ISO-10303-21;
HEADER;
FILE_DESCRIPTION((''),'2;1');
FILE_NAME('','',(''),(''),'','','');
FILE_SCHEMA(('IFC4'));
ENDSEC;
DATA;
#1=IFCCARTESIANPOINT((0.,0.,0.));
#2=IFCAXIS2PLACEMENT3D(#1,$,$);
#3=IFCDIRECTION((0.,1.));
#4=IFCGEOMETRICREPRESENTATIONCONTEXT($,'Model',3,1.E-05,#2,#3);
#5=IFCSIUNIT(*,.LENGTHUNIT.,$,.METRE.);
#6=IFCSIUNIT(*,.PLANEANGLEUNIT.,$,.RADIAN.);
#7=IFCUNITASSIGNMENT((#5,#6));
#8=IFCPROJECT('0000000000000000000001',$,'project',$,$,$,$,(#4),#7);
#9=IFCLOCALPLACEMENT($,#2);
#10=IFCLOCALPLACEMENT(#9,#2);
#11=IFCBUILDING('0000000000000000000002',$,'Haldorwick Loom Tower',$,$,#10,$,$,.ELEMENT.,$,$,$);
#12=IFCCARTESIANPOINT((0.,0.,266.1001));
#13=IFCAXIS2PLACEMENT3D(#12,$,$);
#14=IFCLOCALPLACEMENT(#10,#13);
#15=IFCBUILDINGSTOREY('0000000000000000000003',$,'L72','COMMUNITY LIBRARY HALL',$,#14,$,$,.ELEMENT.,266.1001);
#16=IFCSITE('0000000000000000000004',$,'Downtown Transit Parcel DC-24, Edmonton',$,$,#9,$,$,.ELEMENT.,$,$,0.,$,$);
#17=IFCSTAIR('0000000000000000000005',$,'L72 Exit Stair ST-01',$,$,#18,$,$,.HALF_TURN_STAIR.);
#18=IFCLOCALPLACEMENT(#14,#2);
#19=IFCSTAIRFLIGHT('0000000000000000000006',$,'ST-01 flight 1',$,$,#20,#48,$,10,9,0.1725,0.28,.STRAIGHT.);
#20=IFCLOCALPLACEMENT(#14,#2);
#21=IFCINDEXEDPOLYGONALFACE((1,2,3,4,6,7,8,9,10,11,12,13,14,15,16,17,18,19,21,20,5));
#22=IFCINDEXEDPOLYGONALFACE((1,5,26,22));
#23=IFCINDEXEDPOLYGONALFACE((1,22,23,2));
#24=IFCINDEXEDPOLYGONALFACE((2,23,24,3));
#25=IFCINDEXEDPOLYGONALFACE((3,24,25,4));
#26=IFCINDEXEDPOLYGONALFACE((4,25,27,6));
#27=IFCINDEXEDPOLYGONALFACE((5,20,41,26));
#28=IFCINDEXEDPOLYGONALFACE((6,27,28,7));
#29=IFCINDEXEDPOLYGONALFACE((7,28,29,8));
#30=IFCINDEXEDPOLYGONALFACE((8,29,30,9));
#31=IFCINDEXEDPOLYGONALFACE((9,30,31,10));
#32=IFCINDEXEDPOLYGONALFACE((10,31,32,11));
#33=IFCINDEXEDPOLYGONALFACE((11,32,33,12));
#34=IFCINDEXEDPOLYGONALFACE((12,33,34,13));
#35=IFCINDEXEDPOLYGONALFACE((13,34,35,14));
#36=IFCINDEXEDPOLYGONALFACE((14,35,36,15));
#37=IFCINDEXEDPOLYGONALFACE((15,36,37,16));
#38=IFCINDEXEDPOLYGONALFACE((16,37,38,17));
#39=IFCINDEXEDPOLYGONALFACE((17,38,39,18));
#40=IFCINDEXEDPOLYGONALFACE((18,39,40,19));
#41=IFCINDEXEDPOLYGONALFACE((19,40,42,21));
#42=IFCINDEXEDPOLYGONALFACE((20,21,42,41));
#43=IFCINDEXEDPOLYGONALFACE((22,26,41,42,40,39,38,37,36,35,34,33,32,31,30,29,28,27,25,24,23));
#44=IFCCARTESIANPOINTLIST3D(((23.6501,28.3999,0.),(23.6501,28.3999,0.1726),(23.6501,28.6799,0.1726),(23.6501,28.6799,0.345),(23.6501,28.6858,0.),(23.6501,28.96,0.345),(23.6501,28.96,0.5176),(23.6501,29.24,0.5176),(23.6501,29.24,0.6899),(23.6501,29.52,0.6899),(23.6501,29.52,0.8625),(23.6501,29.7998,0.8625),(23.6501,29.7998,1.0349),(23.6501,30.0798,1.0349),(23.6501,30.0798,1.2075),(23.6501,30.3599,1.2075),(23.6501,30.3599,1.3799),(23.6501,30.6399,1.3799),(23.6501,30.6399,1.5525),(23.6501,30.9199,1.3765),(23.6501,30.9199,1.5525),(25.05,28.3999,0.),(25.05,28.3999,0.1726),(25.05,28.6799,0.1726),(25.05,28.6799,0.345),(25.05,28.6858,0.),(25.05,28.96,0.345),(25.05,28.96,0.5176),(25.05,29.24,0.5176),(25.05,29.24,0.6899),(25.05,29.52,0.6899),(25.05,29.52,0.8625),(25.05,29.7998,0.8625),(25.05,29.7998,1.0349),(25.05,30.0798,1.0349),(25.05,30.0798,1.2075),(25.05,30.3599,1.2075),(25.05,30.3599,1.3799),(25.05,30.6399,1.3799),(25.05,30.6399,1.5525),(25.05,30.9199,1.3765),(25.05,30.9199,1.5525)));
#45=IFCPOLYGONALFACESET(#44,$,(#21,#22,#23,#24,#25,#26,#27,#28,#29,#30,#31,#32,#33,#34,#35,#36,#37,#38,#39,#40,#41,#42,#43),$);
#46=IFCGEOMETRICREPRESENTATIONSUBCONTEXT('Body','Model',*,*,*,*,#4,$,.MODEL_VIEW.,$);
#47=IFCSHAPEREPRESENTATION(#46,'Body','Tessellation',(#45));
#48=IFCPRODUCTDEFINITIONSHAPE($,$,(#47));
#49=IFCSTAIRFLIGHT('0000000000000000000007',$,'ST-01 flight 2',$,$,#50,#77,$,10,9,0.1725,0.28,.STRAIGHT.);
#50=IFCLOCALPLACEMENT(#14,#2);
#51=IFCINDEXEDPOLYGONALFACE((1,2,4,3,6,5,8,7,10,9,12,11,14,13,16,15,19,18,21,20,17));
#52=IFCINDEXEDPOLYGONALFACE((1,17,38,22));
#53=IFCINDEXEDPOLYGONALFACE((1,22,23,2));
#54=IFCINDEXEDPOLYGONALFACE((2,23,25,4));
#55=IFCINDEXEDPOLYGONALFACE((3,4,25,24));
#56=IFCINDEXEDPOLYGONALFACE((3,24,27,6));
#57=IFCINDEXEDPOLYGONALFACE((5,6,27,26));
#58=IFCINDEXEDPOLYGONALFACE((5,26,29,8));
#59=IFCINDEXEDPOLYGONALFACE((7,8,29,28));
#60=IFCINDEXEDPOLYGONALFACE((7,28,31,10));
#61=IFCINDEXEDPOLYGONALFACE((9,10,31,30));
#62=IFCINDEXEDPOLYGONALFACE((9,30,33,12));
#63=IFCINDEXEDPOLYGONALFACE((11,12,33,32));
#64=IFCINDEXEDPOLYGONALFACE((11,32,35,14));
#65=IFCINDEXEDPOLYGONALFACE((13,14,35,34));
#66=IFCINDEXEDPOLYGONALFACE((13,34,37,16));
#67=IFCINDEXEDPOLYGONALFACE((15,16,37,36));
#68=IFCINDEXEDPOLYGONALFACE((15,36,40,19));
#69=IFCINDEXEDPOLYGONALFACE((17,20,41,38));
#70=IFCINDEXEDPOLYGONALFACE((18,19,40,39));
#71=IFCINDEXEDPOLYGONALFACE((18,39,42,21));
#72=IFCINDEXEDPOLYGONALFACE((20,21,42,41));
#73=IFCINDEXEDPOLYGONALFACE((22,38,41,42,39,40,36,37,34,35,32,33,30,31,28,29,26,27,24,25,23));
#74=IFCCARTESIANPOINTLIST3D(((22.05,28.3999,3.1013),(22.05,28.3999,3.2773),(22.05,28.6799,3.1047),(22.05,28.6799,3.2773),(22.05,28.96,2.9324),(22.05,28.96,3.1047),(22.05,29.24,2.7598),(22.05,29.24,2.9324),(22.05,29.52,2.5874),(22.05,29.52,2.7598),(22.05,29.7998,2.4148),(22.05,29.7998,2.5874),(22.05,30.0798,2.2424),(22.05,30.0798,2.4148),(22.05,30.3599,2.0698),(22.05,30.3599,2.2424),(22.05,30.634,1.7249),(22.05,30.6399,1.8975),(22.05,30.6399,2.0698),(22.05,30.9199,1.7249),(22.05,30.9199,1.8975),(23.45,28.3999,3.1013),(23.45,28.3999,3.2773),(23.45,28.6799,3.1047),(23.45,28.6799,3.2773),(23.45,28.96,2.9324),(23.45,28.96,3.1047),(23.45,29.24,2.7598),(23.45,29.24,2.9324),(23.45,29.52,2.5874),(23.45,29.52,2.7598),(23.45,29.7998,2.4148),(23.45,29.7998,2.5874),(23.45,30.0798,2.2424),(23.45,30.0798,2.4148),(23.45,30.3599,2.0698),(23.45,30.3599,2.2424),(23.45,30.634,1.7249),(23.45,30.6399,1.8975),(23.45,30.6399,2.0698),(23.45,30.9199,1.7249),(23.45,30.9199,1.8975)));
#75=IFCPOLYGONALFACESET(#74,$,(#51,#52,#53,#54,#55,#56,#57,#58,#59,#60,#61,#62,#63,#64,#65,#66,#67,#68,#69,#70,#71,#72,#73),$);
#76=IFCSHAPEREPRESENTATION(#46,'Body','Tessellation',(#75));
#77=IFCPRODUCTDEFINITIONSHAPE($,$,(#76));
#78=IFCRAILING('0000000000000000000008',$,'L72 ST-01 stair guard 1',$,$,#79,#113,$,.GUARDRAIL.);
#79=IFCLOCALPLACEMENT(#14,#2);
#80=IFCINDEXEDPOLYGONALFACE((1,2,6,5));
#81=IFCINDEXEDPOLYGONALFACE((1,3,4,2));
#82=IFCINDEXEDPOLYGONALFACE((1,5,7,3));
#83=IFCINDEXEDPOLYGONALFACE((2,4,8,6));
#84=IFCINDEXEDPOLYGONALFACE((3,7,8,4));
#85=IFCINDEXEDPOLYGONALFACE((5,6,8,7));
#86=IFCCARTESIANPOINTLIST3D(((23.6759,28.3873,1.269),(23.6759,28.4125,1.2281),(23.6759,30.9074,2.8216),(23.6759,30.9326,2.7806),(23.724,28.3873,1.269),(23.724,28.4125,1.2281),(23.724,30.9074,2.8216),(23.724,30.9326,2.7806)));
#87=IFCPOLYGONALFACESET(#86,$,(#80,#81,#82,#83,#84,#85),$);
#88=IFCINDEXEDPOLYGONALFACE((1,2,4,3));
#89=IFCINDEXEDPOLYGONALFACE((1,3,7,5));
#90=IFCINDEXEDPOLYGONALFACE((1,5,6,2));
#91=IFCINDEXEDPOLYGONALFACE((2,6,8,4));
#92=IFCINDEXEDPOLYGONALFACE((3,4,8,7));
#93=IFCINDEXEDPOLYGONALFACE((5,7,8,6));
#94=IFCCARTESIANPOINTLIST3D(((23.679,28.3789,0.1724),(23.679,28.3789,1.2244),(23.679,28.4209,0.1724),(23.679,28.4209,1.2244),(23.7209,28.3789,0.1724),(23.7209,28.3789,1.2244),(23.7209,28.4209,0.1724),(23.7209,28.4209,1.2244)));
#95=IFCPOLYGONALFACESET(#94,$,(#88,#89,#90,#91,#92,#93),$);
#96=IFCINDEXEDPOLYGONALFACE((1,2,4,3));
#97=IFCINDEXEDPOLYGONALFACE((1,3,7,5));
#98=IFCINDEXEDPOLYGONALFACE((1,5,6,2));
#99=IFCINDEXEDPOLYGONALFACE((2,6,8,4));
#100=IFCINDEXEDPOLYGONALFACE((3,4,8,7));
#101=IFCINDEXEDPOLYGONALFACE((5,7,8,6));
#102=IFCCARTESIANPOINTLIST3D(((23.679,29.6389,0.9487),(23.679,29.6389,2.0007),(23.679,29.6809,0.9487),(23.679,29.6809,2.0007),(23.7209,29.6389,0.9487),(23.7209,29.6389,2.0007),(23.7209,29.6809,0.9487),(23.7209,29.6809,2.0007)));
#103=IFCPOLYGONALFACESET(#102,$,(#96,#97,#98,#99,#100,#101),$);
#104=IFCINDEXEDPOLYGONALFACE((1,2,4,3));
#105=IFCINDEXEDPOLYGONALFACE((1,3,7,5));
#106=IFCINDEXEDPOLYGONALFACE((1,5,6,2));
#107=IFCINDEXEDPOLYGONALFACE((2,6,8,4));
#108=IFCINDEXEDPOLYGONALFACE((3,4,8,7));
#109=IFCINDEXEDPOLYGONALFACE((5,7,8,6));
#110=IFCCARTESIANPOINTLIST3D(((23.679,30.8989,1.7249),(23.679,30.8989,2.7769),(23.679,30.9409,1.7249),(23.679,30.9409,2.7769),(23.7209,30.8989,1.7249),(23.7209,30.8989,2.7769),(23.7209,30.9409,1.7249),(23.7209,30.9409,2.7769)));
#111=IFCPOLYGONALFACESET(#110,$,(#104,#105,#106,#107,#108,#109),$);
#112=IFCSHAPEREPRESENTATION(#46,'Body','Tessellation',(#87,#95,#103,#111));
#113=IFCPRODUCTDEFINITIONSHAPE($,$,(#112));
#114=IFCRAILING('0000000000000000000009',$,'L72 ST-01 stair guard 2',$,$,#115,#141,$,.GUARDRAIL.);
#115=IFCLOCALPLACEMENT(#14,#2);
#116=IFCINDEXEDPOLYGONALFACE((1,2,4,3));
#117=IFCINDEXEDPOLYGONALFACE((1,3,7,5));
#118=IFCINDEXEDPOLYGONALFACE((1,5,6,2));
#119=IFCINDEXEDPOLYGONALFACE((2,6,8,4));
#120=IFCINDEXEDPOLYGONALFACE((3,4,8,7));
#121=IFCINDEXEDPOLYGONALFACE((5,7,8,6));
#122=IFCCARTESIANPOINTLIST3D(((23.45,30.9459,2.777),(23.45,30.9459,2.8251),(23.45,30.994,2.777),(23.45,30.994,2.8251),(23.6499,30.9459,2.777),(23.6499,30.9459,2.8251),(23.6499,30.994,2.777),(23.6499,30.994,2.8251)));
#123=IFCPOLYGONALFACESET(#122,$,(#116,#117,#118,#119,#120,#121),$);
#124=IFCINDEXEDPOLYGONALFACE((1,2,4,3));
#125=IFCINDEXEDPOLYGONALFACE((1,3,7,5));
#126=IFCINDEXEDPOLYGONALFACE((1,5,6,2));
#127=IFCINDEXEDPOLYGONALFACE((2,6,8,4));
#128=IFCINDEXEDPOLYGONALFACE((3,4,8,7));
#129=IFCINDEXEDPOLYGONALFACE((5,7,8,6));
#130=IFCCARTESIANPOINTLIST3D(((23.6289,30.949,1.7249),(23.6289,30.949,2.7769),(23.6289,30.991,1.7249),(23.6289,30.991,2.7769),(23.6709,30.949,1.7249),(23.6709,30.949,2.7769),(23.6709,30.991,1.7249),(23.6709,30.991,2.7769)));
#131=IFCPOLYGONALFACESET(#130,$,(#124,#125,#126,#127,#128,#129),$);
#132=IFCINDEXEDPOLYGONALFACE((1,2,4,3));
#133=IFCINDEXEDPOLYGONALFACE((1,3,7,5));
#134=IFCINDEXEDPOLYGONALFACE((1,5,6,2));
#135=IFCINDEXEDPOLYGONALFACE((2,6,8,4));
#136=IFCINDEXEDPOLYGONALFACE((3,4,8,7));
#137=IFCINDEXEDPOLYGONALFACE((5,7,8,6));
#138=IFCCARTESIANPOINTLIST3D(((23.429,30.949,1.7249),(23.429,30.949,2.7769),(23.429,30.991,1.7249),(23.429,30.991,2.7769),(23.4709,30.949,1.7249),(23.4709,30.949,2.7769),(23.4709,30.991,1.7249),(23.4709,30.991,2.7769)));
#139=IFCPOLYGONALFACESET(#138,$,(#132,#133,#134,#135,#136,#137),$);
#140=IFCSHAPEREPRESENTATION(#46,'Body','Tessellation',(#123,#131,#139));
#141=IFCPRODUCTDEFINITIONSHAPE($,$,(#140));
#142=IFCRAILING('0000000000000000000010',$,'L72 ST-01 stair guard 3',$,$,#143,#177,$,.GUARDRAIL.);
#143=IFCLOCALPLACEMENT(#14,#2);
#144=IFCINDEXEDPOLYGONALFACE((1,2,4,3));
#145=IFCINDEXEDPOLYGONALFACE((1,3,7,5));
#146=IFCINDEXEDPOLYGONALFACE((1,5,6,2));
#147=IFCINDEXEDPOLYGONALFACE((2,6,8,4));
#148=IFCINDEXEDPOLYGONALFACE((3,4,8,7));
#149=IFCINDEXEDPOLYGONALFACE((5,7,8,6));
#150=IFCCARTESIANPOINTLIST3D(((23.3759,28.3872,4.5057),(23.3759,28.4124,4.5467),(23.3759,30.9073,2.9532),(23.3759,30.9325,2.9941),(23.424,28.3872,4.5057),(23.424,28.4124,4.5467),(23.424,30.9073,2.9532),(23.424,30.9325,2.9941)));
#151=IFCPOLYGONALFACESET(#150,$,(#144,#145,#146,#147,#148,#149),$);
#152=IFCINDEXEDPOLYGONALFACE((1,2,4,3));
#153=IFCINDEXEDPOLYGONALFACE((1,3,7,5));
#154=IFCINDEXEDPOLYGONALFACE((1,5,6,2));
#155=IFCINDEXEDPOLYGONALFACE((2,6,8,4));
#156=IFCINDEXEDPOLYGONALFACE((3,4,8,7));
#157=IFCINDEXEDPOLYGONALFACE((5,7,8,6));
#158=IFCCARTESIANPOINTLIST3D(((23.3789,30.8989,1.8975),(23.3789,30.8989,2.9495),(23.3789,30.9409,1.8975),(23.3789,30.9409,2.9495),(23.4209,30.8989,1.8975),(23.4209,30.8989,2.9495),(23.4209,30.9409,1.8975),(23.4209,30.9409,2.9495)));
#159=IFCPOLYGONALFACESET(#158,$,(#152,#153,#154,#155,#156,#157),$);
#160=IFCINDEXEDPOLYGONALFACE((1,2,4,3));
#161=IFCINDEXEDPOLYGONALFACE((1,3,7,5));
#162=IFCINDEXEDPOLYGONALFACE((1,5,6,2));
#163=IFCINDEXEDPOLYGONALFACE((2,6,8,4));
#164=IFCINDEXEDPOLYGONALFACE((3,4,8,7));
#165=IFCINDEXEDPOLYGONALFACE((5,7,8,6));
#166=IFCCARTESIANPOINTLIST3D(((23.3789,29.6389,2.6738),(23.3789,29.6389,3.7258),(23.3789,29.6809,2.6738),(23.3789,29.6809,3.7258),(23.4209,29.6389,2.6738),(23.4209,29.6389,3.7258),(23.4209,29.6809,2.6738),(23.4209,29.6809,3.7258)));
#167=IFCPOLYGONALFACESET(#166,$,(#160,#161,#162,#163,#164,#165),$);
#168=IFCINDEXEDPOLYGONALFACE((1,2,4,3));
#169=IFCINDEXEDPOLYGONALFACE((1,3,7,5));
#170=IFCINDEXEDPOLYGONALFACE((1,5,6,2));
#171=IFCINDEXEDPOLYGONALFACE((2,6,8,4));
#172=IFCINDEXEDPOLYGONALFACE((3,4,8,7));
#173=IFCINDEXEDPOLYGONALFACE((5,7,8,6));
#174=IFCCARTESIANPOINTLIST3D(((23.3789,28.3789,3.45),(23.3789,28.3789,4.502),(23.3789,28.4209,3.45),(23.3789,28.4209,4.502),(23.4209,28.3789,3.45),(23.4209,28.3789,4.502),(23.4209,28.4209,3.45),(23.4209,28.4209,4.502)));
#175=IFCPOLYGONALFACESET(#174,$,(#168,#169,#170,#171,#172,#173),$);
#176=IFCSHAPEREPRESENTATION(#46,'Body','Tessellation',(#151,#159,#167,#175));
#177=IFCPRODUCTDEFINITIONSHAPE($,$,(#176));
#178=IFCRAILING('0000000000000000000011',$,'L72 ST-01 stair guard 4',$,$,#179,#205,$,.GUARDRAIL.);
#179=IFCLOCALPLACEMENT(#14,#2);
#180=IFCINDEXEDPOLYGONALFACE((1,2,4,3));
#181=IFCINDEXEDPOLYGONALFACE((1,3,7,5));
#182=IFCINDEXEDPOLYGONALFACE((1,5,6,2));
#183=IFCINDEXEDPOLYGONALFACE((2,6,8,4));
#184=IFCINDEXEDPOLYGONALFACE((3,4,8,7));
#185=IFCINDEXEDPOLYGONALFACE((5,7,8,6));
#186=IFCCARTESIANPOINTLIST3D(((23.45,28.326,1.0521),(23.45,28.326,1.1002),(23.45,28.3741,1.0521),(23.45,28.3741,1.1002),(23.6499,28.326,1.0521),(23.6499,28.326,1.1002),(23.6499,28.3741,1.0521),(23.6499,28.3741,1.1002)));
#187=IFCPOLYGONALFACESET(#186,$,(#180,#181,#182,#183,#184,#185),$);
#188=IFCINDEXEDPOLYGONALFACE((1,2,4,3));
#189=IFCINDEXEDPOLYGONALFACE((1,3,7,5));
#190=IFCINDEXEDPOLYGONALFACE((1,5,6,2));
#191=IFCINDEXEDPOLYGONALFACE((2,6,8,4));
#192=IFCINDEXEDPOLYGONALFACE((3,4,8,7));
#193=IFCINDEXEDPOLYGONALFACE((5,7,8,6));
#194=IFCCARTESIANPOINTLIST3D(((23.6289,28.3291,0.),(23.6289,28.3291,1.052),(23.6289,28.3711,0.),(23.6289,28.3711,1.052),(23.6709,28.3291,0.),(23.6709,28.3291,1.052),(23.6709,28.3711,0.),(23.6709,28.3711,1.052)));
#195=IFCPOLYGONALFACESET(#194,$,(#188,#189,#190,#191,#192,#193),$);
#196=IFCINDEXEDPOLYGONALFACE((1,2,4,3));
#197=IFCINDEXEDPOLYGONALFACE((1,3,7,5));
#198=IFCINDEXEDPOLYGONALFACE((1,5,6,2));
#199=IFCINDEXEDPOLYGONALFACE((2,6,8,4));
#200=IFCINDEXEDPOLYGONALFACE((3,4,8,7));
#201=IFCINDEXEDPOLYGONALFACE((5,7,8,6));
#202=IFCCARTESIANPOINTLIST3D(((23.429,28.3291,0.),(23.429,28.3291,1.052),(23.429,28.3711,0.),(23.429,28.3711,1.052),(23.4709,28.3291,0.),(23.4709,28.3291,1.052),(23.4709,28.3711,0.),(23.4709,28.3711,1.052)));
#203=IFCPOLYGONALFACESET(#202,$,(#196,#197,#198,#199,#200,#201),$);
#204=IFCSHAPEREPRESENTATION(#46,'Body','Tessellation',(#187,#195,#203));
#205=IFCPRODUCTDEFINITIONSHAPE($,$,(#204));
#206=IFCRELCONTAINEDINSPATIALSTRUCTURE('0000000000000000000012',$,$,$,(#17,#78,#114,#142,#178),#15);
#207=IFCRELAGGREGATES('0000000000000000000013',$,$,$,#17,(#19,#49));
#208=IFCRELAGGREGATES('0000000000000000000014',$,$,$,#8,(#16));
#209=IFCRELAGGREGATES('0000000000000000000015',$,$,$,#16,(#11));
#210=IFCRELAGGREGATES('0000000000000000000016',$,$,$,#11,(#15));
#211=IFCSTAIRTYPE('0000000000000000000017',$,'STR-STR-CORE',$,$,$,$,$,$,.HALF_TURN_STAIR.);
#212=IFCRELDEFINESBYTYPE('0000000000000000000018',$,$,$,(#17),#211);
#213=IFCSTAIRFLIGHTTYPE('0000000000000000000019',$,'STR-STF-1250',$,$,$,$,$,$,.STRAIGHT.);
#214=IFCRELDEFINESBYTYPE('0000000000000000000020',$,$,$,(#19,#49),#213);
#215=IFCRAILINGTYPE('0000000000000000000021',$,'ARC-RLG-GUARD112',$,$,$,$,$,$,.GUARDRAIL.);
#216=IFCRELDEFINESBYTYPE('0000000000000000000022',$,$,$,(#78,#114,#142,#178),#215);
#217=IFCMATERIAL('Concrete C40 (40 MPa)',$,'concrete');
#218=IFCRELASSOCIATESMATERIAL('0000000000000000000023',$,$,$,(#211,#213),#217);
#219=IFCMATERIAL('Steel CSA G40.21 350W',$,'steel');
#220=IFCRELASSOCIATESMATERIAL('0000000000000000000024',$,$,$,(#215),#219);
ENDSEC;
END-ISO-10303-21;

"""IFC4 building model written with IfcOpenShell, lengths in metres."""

from ifc_helpers import new_model, si_unit, direction, frame, origin, origin_2d, place, context, subcontext, project, spatial, polyline, rectangle, outline, extrude, material, type_object, element, aggregate, save


model = new_model("IFC4")

# Units and contexts
model_context = context("Model", 3, precision=1e-05, world=origin(), true_north=direction((0.0, 1.0)))
body_context = subcontext(model_context, "Body", "Model", "MODEL_VIEW")
ifc_project = project(units=[si_unit("LENGTHUNIT", "METRE"), si_unit("PLANEANGLEUNIT", "RADIAN")], contexts=[model_context])

# Site, building, storey
site_placement = place(None, origin())
site = spatial("IfcSite", under=ifc_project, at=site_placement, Name="Downtown Transit Parcel DC-24, Edmonton", CompositionType="ELEMENT", RefElevation=0.0)
building_placement = place(site_placement, origin())
building = spatial("IfcBuilding", under=site, at=building_placement, Name="Haldorwick Loom Tower", CompositionType="ELEMENT")
storey_placement = place(building_placement, frame((0.0, 0.0, 266.1001)))
storey = spatial("IfcBuildingStorey", under=building, at=storey_placement, Name="L72", Description="COMMUNITY LIBRARY HALL", CompositionType="ELEMENT", Elevation=266.1001)

# Shared definitions
ifc_material_1 = material(Name="Steel CSA G40.21 350W", Category="steel")

# Stair, stair flights
ifc_material_2 = material(Name="Concrete C40 (40 MPa)", Category="concrete")
stair_type = type_object("IfcStairType", Name="STR-STR-CORE", PredefinedType="HALF_TURN_STAIR", material=ifc_material_2)
stair_placement = place(storey_placement, origin())
stair = element("IfcStair", 1, at=stair_placement, inside=storey, type_object=stair_type, Name="L72 Exit Stair ST-01", PredefinedType="HALF_TURN_STAIR")
stair_flight_type = type_object("IfcStairFlightType", Name="STR-STF-1250", PredefinedType="STRAIGHT", material=ifc_material_2)
stair_flight_1_placement = place(storey_placement, frame((24.3501, 28.3999, 0.0), z_axis=(0.0, 0.0, 1.0), x_axis=(0.0, 1.0, 0.0)))
stair_flight_1 = element("IfcStairFlight", 2, at=stair_flight_1_placement, type_object=stair_flight_type, Name="ST-01 flight 1", NumberOfRisers=10, NumberOfTreads=9, PredefinedType="STRAIGHT", RiserHeight=0.1725, TreadLength=0.28, context=body_context, shape_type="SweptSolid", body=[
    extrude(outline(polyline([(0.0, 0.0), (0.0, 0.1726), (0.28, 0.1726), (0.28, 0.345), (0.5601, 0.345), (0.5601, 0.5176), (0.8401, 0.5176), (0.8401, 0.6899), (1.1201, 0.6899), (1.1201, 0.8625), (1.3999, 0.8625), (1.3999, 1.0349), (1.6799, 1.0349), (1.6799, 1.2075), (1.96, 1.2075), (1.96, 1.3799), (2.24, 1.3799), (2.24, 1.5525), (2.52, 1.5525), (2.52, 1.7251), (2.52, 1.3765), (0.2859, 0.0), (0.0, 0.0)])), frame((0.0, 0.7, 0.0), z_axis=(0.0, -1.0, 0.0), x_axis=(1.0, 0.0, 0.0)), (0.0, 0.0, 1.0), 1.3999),
])
stair_flight_2_placement = place(storey_placement, frame((22.75, 30.9199, 1.7249), z_axis=(0.0, 0.0, 1.0), x_axis=(0.0, -1.0, 0.0)))
stair_flight_2 = element("IfcStairFlight", 3, at=stair_flight_2_placement, type_object=stair_flight_type, Name="ST-01 flight 2", NumberOfRisers=10, NumberOfTreads=9, PredefinedType="STRAIGHT", RiserHeight=0.1725, TreadLength=0.28, context=body_context, shape_type="SweptSolid", body=[
    extrude(outline(polyline([(0.0, 0.0), (0.0, 0.1726), (0.28, 0.1726), (0.28, 0.345), (0.5601, 0.345), (0.5601, 0.5176), (0.8401, 0.5176), (0.8401, 0.6899), (1.1201, 0.6899), (1.1201, 0.8625), (1.3999, 0.8625), (1.3999, 1.0349), (1.6799, 1.0349), (1.6799, 1.2075), (1.96, 1.2075), (1.96, 1.3799), (2.24, 1.3799), (2.24, 1.5525), (2.52, 1.5525), (2.52, 1.7251), (2.52, 1.3765), (0.2859, 0.0), (0.0, 0.0)])), frame((0.0, 0.7, 0.0), z_axis=(0.0, -1.0, 0.0), x_axis=(1.0, 0.0, 0.0)), (0.0, 0.0, 1.0), 1.3999),
])
aggregate(stair, [stair_flight_1, stair_flight_2])

# Railings
railing_type_1 = type_object("IfcRailingType", Name="ARC-RLG-GUARD112", PredefinedType="GUARDRAIL", material=ifc_material_1)
railing_1_placement = place(storey_placement, frame((23.7, 28.3999, 0.1724)))
element("IfcRailing", 4, at=railing_1_placement, inside=storey, type_object=railing_type_1, Name="L72 ST-01 stair guard 1", PredefinedType="GUARDRAIL", context=body_context, shape_type="SweptSolid", body=[
    extrude(rectangle(XDim=0.0481, YDim=0.0481, at=origin_2d()), frame((0.0, 0.0, 1.0762), z_axis=(0.0, 0.8514, 0.524516), x_axis=(-1.0, 0.0, 0.0)), (0.0, 0.0, 1.0), 2.96),
    extrude(rectangle(XDim=0.042, YDim=0.042, at=origin_2d()), origin(), (0.0, 0.0, 1.0), 1.052),
    extrude(rectangle(XDim=0.042, YDim=0.042, at=origin_2d()), frame((0.0, 1.26, 0.7764)), (0.0, 0.0, 1.0), 1.052),
    extrude(rectangle(XDim=0.042, YDim=0.042, at=origin_2d()), frame((0.0, 2.52, 1.5525)), (0.0, 0.0, 1.0), 1.052),
])
railing_2_placement = place(storey_placement, frame((23.6499, 30.97, 1.7249)))
element("IfcRailing", 5, at=railing_2_placement, inside=storey, type_object=railing_type_1, Name="L72 ST-01 stair guard 2", PredefinedType="GUARDRAIL", context=body_context, shape_type="SweptSolid", body=[
    extrude(rectangle(XDim=0.0481, YDim=0.0481, at=origin_2d()), frame((0.0, 0.0, 1.0762), z_axis=(-1.0, 0.0, 0.0), x_axis=(0.0, -1.0, 0.0)), (0.0, 0.0, 1.0), 0.2),
    extrude(rectangle(XDim=0.042, YDim=0.042, at=origin_2d()), origin(), (0.0, 0.0, 1.0), 1.052),
    extrude(rectangle(XDim=0.042, YDim=0.042, at=origin_2d()), frame((-0.2, 0.0, 0.0)), (0.0, 0.0, 1.0), 1.052),
])
railing_3_placement = place(storey_placement, frame((23.3999, 30.9199, 1.8975)))
element("IfcRailing", 6, at=railing_3_placement, inside=storey, type_object=railing_type_1, Name="L72 ST-01 stair guard 3", PredefinedType="GUARDRAIL", context=body_context, shape_type="SweptSolid", body=[
    extrude(rectangle(XDim=0.0481, YDim=0.0481, at=origin_2d()), frame((0.0, 0.0, 1.0762), z_axis=(0.0, -0.8514, 0.524516), x_axis=(1.0, 0.0, 0.0)), (0.0, 0.0, 1.0), 2.96),
    extrude(rectangle(XDim=0.042, YDim=0.042, at=origin_2d()), origin(), (0.0, 0.0, 1.0), 1.052),
    extrude(rectangle(XDim=0.042, YDim=0.042, at=origin_2d()), frame((0.0, -1.26, 0.7764)), (0.0, 0.0, 1.0), 1.052),
    extrude(rectangle(XDim=0.042, YDim=0.042, at=origin_2d()), frame((0.0, -2.52, 1.5525)), (0.0, 0.0, 1.0), 1.052),
])
railing_4_placement = place(storey_placement, frame((23.6499, 28.3501, 0.0)))
element("IfcRailing", 7, at=railing_4_placement, inside=storey, type_object=railing_type_1, Name="L72 ST-01 stair guard 4", PredefinedType="GUARDRAIL", context=body_context, shape_type="SweptSolid", body=[
    extrude(rectangle(XDim=0.0481, YDim=0.0481, at=origin_2d()), frame((0.0, 0.0, 1.0762), z_axis=(-1.0, 0.0, 0.0), x_axis=(0.0, -1.0, 0.0)), (0.0, 0.0, 1.0), 0.2),
    extrude(rectangle(XDim=0.042, YDim=0.042, at=origin_2d()), origin(), (0.0, 0.0, 1.0), 1.052),
    extrude(rectangle(XDim=0.042, YDim=0.042, at=origin_2d()), frame((-0.2, 0.0, 0.0)), (0.0, 0.0, 1.0), 1.052),
])

save(model, "model.ifc")
